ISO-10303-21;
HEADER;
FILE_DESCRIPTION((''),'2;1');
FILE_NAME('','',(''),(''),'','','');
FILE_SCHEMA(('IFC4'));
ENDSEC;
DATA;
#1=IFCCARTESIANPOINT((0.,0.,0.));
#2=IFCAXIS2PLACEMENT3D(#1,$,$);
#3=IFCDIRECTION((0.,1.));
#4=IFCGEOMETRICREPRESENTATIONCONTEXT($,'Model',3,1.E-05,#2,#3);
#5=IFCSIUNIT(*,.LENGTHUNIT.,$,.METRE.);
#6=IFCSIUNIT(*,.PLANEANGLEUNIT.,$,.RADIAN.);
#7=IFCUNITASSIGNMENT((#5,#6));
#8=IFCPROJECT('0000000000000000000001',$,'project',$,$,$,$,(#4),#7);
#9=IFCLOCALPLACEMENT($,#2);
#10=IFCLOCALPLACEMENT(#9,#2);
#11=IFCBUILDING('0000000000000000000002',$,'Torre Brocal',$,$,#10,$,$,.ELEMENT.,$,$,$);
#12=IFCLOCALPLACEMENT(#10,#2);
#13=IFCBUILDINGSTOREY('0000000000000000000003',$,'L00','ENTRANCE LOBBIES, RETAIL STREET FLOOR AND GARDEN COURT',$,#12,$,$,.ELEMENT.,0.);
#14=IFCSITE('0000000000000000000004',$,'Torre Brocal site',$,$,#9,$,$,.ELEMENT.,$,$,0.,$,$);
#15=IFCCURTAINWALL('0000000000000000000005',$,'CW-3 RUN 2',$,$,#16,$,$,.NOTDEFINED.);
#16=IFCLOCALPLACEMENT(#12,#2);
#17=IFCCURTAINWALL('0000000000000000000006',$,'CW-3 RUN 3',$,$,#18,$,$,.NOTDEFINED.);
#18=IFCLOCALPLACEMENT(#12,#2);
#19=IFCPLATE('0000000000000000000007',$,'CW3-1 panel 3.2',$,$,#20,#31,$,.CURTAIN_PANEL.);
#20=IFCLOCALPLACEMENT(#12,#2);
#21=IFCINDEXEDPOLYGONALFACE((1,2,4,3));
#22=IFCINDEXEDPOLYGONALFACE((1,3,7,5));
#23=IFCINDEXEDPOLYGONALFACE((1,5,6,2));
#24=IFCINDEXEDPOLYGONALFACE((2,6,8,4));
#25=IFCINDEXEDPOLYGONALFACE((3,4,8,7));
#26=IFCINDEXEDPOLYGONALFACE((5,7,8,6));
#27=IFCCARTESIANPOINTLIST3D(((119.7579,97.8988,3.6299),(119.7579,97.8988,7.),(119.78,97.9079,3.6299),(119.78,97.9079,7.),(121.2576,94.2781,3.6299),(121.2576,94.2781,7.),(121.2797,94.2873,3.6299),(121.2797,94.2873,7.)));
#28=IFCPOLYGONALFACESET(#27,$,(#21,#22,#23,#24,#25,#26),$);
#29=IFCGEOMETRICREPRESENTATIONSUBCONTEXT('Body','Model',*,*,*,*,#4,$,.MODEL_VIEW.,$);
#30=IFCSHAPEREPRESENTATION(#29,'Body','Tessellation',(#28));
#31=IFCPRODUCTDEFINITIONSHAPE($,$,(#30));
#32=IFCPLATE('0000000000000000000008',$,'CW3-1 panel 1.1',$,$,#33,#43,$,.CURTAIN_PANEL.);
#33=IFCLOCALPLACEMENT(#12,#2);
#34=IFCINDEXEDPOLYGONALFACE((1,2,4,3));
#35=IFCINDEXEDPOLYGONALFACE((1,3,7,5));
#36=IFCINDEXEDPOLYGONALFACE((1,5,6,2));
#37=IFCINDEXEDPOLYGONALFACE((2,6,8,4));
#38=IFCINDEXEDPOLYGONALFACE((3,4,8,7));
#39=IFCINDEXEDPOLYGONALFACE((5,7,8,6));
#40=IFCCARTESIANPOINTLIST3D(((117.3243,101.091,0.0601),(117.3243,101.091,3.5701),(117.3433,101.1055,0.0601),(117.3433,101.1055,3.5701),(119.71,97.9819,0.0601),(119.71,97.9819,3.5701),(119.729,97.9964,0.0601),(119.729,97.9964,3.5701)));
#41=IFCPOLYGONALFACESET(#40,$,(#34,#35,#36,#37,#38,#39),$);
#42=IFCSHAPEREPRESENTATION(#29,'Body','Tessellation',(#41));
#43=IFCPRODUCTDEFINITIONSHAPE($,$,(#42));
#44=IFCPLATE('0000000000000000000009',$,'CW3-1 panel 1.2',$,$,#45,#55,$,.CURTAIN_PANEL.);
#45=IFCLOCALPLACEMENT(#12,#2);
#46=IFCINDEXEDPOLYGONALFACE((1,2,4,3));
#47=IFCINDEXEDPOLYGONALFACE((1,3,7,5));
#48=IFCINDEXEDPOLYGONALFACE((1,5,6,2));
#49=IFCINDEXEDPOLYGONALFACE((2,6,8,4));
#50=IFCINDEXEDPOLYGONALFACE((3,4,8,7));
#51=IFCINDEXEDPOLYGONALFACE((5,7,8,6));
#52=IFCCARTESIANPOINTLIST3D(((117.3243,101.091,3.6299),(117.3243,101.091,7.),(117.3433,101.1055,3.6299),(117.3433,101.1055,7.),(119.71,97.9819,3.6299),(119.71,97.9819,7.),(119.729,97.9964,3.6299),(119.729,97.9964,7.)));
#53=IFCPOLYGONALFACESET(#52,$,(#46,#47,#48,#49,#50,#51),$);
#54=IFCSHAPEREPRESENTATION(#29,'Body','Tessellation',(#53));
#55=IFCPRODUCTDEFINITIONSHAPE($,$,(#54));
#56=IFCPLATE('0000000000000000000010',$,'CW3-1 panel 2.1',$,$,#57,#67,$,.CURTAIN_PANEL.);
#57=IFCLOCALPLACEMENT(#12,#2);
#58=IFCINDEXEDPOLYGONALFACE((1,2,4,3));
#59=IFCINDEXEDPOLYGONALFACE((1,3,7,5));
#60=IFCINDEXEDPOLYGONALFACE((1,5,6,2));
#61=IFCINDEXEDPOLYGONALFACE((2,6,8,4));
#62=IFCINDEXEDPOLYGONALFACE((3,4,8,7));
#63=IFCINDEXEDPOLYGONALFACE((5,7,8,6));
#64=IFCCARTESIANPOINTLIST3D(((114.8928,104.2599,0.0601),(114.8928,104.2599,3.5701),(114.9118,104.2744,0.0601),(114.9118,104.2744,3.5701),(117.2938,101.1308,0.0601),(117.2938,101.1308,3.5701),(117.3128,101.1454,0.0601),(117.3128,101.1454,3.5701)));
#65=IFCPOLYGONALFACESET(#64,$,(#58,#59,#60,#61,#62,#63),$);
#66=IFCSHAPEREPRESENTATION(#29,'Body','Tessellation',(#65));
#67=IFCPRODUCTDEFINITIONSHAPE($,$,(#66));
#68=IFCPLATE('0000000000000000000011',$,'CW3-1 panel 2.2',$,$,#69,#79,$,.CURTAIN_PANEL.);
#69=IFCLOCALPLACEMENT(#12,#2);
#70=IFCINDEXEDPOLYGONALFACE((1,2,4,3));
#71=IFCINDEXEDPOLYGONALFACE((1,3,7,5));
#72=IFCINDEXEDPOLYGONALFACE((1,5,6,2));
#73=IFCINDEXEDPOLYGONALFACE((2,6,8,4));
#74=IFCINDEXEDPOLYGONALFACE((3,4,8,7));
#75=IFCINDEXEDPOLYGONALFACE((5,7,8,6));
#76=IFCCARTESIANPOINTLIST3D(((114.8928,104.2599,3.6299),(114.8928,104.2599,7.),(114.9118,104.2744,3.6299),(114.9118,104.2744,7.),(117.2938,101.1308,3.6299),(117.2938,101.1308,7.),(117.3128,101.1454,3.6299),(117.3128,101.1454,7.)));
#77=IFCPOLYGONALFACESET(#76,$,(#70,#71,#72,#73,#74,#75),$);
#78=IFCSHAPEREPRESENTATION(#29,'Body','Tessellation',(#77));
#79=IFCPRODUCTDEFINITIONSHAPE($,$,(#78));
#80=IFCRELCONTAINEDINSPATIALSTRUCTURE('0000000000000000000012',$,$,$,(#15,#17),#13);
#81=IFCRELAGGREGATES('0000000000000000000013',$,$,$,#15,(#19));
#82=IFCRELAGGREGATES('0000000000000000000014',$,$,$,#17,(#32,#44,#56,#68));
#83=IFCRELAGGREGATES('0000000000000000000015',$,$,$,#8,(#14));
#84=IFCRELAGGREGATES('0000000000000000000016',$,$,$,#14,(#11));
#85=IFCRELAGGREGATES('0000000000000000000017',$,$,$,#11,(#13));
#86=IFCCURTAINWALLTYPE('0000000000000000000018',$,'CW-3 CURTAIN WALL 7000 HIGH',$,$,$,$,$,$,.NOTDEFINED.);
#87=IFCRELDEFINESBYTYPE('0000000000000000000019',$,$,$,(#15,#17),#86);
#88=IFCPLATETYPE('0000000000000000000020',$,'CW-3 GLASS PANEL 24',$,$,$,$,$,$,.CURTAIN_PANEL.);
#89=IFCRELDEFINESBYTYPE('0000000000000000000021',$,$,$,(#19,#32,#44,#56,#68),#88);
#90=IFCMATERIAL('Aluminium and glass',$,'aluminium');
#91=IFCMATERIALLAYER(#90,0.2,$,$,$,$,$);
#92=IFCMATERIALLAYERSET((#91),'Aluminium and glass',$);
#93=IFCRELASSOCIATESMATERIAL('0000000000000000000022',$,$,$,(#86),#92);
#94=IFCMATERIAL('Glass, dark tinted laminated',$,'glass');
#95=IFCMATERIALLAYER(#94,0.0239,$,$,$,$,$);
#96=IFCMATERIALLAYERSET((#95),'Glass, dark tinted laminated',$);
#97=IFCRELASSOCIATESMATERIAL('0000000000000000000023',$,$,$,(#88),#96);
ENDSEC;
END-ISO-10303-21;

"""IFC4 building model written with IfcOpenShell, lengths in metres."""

from ifc_helpers import new_model, si_unit, direction, frame, origin, origin_2d, place, context, subcontext, project, spatial, rectangle, extrude, material, layer, layer_set, type_object, element, aggregate, save


model = new_model("IFC4")

# Units and contexts
model_context = context("Model", 3, precision=1e-05, world=origin(), true_north=direction((0.0, 1.0)))
body_context = subcontext(model_context, "Body", "Model", "MODEL_VIEW")
ifc_project = project(units=[si_unit("LENGTHUNIT", "METRE"), si_unit("PLANEANGLEUNIT", "RADIAN")], contexts=[model_context])

# Site, building, storey
site_placement = place(None, origin())
site = spatial("IfcSite", under=ifc_project, at=site_placement, Name="Torre Brocal site", CompositionType="ELEMENT", RefElevation=0.0)
building_placement = place(site_placement, origin())
building = spatial("IfcBuilding", under=site, at=building_placement, Name="Torre Brocal", CompositionType="ELEMENT")
storey_placement = place(building_placement, origin())
storey = spatial("IfcBuildingStorey", under=building, at=storey_placement, Name="L00", Description="ENTRANCE LOBBIES, RETAIL STREET FLOOR AND GARDEN COURT", CompositionType="ELEMENT", Elevation=0.0)

# Curtain walls
ifc_material_1 = material(Name="Aluminium and glass", Category="aluminium")
ifc_layer_1 = layer(ifc_material_1, 0.2)
ifc_layer_set_1 = layer_set([ifc_layer_1], Name="Aluminium and glass")
curtain_wall_type = type_object("IfcCurtainWallType", Name="CW-3 CURTAIN WALL 7000 HIGH", PredefinedType="NOTDEFINED", material=ifc_layer_set_1)
curtain_wall_1_placement = place(storey_placement, origin())
curtain_wall_1 = element("IfcCurtainWall", 1, at=curtain_wall_1_placement, inside=storey, type_object=curtain_wall_type, Name="CW-3 RUN 2", PredefinedType="NOTDEFINED")
curtain_wall_2_placement = place(storey_placement, origin())
curtain_wall_2 = element("IfcCurtainWall", 2, at=curtain_wall_2_placement, inside=storey, type_object=curtain_wall_type, Name="CW-3 RUN 3", PredefinedType="NOTDEFINED")

# Plates
ifc_material_2 = material(Name="Glass, dark tinted laminated", Category="glass")
ifc_layer_2 = layer(ifc_material_2, 0.0239)
ifc_layer_set_2 = layer_set([ifc_layer_2], Name="Glass, dark tinted laminated")
plate_type = type_object("IfcPlateType", Name="CW-3 GLASS PANEL 24", PredefinedType="CURTAIN_PANEL", material=ifc_layer_set_2)
plate_1_placement = place(storey_placement, frame((120.5188, 96.093, 3.6299), z_axis=(0.0, 0.0, 1.0), x_axis=(-0.382683, 0.92388, 0.0)))
plate_1 = element("IfcPlate", 3, at=plate_1_placement, type_object=plate_type, Name="CW3-1 panel 3.2", PredefinedType="CURTAIN_PANEL", context=body_context, shape_type="SweptSolid", body=[
    extrude(rectangle(XDim=3.9189, YDim=0.0239, at=origin_2d()), origin(), (0.0, 0.0, 1.0), 3.3701),
])
aggregate(curtain_wall_1, [plate_1])
plate_2_placement = place(storey_placement, frame((118.5266, 99.5437, 0.0601), z_axis=(0.0, 0.0, 1.0), x_axis=(-0.608761, 0.793353, 0.0)))
plate_2 = element("IfcPlate", 4, at=plate_2_placement, type_object=plate_type, Name="CW3-1 panel 1.1", PredefinedType="CURTAIN_PANEL", context=body_context, shape_type="SweptSolid", body=[
    extrude(rectangle(XDim=3.9189, YDim=0.0239, at=origin_2d()), origin(), (0.0, 0.0, 1.0), 3.51),
])
plate_3_placement = place(storey_placement, frame((118.5266, 99.5437, 3.6299), z_axis=(0.0, 0.0, 1.0), x_axis=(-0.608761, 0.793353, 0.0)))
plate_3 = element("IfcPlate", 5, at=plate_3_placement, type_object=plate_type, Name="CW3-1 panel 1.2", PredefinedType="CURTAIN_PANEL", context=body_context, shape_type="SweptSolid", body=[
    extrude(rectangle(XDim=3.9189, YDim=0.0239, at=origin_2d()), origin(), (0.0, 0.0, 1.0), 3.3701),
])
plate_4_placement = place(storey_placement, frame((116.1028, 102.7026, 0.0601), z_axis=(0.0, 0.0, 1.0), x_axis=(-0.608761, 0.793353, 0.0)))
plate_4 = element("IfcPlate", 6, at=plate_4_placement, type_object=plate_type, Name="CW3-1 panel 2.1", PredefinedType="CURTAIN_PANEL", context=body_context, shape_type="SweptSolid", body=[
    extrude(rectangle(XDim=3.9441, YDim=0.0239, at=origin_2d()), origin(), (0.0, 0.0, 1.0), 3.51),
])
plate_5_placement = place(storey_placement, frame((116.1028, 102.7026, 3.6299), z_axis=(0.0, 0.0, 1.0), x_axis=(-0.608761, 0.793353, 0.0)))
plate_5 = element("IfcPlate", 7, at=plate_5_placement, type_object=plate_type, Name="CW3-1 panel 2.2", PredefinedType="CURTAIN_PANEL", context=body_context, shape_type="SweptSolid", body=[
    extrude(rectangle(XDim=3.9441, YDim=0.0239, at=origin_2d()), origin(), (0.0, 0.0, 1.0), 3.3701),
])
aggregate(curtain_wall_2, [plate_2, plate_3, plate_4, plate_5])

save(model, "model.ifc")
